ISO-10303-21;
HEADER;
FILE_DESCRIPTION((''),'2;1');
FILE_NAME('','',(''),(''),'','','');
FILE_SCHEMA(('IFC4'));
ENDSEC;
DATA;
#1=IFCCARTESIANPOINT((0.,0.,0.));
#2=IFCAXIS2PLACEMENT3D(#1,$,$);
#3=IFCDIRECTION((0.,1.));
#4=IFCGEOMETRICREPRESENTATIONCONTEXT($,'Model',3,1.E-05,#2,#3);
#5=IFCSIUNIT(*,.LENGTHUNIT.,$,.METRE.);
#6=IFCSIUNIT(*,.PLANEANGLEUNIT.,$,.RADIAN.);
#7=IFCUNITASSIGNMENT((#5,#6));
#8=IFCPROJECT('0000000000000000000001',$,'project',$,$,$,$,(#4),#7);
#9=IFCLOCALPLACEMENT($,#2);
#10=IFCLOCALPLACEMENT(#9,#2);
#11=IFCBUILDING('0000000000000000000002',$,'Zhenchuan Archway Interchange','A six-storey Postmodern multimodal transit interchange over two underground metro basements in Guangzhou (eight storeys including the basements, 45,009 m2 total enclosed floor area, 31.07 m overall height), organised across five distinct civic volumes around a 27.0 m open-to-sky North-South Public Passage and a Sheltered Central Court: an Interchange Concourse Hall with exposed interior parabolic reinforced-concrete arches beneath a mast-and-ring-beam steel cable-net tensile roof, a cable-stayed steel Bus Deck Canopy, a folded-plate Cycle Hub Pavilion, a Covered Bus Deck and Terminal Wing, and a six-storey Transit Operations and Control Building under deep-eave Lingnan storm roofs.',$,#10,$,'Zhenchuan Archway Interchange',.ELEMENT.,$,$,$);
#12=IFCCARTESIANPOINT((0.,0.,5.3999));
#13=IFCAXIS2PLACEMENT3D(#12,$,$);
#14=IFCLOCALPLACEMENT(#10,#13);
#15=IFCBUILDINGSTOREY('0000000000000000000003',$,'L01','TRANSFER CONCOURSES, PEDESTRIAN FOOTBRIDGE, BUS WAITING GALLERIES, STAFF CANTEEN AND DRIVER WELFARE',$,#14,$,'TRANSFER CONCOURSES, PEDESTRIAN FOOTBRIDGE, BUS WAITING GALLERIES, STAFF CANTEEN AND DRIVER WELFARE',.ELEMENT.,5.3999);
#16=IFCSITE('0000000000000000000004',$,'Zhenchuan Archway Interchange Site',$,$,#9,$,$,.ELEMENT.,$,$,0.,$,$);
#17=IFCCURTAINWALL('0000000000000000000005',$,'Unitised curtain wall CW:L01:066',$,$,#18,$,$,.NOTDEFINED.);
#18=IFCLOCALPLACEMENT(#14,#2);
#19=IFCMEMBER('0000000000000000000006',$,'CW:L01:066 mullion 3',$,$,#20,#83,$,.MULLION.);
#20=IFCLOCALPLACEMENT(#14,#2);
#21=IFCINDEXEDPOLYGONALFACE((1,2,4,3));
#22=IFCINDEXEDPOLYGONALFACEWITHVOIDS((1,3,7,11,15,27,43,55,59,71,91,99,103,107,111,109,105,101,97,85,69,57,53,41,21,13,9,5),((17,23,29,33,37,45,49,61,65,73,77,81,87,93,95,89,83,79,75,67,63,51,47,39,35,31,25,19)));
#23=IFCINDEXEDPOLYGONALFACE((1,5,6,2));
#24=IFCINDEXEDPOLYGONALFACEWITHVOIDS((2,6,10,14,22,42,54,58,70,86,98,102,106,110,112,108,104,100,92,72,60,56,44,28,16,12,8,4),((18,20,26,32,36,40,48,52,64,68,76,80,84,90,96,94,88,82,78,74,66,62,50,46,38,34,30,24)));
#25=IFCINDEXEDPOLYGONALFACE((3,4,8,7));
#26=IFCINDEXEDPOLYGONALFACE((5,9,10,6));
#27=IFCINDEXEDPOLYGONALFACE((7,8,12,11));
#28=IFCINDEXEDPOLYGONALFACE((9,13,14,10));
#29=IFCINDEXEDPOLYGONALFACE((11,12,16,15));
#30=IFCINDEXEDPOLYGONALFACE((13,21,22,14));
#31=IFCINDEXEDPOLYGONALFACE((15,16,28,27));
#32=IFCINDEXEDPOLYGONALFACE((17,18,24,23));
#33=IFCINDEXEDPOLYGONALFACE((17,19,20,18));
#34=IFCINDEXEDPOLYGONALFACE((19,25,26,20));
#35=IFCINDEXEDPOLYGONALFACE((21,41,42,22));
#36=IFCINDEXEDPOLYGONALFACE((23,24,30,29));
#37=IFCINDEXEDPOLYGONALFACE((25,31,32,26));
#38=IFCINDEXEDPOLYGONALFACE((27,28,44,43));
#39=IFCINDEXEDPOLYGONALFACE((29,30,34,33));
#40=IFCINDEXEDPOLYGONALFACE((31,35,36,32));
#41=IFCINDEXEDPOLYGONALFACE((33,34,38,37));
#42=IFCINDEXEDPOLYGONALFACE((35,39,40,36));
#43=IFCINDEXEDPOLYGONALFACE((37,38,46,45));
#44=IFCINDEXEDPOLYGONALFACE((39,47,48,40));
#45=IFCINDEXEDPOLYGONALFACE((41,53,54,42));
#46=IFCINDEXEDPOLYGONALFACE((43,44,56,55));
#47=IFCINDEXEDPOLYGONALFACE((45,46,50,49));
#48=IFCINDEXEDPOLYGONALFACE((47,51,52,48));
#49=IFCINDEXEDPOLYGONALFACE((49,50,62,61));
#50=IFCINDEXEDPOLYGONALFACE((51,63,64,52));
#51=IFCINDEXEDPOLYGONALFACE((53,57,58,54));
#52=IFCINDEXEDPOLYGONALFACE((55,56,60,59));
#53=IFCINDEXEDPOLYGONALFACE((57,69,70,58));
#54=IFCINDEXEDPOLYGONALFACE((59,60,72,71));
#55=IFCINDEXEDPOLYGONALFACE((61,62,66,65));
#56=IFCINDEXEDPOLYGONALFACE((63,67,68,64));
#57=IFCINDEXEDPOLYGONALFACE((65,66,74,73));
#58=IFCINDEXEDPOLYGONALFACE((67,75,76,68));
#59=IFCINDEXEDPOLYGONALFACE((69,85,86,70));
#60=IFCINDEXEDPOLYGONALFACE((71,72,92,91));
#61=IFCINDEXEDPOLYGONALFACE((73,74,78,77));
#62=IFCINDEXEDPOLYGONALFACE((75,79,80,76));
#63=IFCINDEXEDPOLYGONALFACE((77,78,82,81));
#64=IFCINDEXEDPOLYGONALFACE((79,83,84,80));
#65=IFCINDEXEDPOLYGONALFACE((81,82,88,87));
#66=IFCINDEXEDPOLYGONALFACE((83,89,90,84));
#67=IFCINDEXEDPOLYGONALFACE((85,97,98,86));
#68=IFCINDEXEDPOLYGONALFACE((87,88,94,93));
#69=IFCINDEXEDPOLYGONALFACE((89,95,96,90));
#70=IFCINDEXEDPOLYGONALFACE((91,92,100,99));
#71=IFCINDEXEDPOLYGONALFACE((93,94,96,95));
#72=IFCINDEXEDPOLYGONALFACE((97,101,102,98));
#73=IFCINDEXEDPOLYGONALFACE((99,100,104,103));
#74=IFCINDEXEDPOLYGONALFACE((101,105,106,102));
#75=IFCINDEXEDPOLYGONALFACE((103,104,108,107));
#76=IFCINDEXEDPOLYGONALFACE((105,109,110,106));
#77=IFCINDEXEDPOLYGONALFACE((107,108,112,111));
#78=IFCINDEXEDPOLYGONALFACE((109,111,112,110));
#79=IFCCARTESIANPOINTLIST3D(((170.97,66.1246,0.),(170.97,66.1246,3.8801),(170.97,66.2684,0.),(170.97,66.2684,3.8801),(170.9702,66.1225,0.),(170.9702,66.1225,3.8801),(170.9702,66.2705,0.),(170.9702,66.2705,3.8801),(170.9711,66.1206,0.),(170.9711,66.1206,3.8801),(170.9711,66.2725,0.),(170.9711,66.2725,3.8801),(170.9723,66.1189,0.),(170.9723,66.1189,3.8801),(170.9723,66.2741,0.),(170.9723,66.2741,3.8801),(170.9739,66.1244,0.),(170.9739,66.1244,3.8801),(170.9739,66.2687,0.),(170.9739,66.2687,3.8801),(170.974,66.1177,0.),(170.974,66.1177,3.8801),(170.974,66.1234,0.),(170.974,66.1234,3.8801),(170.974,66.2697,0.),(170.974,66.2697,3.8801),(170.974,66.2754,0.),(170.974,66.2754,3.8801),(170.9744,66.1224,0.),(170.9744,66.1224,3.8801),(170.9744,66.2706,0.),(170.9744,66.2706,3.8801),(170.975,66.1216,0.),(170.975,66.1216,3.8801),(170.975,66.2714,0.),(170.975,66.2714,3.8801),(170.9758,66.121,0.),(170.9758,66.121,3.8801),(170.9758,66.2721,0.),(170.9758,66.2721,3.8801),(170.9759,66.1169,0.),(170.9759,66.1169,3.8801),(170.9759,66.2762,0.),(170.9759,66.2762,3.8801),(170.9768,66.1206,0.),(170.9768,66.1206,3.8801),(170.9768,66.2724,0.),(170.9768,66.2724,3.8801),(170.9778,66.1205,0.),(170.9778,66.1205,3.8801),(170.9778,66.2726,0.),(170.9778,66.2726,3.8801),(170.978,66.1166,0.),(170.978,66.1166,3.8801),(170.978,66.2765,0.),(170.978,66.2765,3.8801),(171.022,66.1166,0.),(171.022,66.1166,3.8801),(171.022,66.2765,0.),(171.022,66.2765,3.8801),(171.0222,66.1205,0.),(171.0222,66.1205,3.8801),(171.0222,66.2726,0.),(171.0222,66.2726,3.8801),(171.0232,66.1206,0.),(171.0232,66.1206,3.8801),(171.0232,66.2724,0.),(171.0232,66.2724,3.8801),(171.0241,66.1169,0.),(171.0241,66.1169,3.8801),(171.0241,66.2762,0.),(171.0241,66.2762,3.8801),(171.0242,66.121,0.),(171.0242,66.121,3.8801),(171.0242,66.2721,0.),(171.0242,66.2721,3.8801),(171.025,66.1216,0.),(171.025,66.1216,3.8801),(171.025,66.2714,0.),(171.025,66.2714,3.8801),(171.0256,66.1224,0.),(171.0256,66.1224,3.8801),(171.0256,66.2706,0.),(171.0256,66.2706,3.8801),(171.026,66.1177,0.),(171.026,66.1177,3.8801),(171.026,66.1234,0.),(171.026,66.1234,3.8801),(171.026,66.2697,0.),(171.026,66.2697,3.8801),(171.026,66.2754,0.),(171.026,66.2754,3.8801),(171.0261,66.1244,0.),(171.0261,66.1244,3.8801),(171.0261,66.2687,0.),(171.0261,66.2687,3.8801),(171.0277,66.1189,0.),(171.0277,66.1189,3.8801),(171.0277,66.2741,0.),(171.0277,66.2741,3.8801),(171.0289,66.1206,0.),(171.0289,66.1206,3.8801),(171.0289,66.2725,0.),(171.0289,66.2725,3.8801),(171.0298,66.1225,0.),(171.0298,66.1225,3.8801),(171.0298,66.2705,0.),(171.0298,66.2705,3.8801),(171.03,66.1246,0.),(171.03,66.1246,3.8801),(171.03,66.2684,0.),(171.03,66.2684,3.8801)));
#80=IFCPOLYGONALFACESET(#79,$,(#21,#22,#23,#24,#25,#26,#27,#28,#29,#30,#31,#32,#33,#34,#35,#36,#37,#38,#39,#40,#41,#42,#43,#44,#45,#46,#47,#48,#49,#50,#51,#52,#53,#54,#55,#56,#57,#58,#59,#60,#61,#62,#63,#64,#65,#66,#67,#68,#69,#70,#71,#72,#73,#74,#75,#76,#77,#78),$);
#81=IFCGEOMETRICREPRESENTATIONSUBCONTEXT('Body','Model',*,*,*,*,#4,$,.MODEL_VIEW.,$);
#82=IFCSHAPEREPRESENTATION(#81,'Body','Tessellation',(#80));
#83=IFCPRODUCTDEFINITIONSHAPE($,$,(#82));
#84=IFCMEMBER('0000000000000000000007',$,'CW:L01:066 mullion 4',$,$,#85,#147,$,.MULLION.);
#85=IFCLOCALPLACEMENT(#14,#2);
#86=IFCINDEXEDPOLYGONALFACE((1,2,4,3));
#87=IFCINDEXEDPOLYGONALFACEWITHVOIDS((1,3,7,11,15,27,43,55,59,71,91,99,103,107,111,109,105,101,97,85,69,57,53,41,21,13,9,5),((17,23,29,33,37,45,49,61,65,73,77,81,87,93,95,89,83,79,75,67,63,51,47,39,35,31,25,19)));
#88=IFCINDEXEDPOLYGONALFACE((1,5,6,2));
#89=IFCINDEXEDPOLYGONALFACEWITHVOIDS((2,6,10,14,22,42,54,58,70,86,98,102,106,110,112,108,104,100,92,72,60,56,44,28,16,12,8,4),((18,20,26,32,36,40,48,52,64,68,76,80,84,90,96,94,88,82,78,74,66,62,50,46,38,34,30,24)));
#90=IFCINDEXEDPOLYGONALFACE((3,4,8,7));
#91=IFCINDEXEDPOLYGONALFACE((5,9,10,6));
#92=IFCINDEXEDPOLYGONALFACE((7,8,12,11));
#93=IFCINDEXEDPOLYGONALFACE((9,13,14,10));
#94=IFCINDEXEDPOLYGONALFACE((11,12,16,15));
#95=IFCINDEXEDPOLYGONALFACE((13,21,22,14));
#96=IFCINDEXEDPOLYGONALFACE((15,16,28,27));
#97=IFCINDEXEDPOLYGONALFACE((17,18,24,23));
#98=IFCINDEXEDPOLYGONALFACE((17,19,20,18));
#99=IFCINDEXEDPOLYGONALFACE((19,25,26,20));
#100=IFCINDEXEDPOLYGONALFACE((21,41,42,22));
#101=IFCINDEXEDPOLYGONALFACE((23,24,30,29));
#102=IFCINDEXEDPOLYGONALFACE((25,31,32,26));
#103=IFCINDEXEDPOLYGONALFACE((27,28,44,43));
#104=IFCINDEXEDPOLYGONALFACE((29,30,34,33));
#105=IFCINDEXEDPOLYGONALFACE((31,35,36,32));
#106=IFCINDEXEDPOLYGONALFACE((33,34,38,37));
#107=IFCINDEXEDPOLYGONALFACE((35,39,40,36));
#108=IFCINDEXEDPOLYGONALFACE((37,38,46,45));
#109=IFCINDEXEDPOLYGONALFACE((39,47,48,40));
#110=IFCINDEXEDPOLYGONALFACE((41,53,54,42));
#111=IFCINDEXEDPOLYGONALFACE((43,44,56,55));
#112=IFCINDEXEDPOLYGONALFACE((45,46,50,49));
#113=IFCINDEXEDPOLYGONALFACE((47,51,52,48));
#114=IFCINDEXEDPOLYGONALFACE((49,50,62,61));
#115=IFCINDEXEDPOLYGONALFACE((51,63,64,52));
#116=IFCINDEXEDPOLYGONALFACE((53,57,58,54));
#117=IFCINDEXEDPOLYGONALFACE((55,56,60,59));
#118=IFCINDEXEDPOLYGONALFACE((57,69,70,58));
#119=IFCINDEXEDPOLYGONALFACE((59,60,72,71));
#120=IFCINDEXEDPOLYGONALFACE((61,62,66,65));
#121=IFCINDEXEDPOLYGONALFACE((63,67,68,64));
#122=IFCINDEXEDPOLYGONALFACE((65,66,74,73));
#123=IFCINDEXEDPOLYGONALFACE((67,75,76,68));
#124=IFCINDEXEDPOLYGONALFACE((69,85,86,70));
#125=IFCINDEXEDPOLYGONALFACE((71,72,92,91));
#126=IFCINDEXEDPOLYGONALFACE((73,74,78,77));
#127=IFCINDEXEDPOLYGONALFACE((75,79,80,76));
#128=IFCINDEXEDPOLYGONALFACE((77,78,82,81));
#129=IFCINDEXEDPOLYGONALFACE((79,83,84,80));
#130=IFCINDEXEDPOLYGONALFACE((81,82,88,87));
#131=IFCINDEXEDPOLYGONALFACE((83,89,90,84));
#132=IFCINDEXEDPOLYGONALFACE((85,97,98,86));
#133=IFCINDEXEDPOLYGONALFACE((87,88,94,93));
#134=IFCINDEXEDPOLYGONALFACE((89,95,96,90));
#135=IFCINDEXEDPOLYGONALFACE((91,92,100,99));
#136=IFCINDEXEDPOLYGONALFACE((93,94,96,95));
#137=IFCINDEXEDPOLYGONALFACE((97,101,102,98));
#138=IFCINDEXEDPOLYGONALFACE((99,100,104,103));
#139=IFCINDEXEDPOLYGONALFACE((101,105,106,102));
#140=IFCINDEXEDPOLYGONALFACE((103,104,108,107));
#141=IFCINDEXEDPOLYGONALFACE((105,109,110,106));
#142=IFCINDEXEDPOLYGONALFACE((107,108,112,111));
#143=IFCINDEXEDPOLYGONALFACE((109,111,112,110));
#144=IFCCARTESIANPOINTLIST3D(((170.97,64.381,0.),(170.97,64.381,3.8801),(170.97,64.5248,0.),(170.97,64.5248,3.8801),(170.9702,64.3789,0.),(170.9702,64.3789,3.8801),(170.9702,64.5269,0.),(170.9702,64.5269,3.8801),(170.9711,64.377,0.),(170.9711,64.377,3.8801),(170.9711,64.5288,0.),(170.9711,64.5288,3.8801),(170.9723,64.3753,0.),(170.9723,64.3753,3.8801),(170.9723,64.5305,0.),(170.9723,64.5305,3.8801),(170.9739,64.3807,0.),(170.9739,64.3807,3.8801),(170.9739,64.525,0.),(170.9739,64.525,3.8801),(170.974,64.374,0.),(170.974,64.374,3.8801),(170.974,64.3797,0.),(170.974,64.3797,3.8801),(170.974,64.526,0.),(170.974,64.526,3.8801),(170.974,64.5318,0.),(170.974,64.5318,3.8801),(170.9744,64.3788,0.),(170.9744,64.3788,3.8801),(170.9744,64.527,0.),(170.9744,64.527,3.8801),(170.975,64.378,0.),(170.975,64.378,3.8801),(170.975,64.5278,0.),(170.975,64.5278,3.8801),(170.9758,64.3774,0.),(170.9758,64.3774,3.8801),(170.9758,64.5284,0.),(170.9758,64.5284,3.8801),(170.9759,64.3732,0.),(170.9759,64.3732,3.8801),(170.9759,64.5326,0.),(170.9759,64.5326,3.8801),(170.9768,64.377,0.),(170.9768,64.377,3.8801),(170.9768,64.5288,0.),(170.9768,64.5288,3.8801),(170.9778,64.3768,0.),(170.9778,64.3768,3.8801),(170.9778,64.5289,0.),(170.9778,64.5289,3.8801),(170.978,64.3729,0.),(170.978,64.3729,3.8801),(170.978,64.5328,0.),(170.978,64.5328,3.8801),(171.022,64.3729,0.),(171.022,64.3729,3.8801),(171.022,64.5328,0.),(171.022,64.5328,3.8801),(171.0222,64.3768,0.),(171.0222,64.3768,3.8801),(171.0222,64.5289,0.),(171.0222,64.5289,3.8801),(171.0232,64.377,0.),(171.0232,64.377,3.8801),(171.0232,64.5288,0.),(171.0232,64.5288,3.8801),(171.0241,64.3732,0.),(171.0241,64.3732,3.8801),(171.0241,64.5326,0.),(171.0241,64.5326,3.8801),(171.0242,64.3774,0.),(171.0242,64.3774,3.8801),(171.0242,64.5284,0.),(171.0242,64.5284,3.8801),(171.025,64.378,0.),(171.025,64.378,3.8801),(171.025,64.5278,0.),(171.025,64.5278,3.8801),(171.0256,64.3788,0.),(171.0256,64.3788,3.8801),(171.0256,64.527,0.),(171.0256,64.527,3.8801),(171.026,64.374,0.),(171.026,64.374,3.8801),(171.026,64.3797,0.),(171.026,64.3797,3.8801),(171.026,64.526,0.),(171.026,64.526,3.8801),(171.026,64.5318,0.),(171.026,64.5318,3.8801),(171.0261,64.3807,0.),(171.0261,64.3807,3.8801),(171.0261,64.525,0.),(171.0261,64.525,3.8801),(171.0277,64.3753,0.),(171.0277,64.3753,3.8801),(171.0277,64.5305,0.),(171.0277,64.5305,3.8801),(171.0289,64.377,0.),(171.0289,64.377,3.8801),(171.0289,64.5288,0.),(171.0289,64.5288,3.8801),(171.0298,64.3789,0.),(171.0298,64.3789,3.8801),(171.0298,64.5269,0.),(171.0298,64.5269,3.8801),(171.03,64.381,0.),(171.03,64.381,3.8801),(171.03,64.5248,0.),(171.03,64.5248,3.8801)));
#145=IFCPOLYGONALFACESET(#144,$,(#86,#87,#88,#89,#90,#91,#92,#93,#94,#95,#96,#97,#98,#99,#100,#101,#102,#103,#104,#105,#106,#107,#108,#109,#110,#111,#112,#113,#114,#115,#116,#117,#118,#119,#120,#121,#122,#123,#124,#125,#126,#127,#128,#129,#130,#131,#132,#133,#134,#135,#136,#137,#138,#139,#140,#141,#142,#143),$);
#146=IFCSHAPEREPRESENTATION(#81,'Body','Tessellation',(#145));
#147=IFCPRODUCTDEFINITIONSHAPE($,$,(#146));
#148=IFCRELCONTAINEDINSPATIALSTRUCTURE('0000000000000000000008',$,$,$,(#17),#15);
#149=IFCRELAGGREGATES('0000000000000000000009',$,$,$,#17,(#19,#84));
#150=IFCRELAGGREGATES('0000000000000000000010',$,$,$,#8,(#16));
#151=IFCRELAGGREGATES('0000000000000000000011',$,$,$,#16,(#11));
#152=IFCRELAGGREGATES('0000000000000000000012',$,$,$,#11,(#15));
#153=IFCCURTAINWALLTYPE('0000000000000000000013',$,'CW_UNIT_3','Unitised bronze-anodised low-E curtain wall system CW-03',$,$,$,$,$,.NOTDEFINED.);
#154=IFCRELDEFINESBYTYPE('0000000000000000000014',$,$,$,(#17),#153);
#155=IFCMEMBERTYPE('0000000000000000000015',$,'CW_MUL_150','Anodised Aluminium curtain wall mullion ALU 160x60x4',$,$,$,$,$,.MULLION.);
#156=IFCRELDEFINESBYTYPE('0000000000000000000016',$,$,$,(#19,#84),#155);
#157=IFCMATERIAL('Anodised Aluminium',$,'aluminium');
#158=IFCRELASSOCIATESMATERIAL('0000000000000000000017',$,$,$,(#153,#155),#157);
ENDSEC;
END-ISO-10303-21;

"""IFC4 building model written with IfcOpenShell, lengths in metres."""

from ifc_helpers import new_model, si_unit, direction, frame, origin, origin_2d, place, context, subcontext, project, spatial, hollow_rectangle, extrude, material, material_profile, profile_set, type_object, element, aggregate, save


model = new_model("IFC4")

# Units and contexts
model_context = context("Model", 3, precision=1e-05, world=origin(), true_north=direction((0.0, 1.0)))
body_context = subcontext(model_context, "Body", "Model", "MODEL_VIEW")
ifc_project = project(units=[si_unit("LENGTHUNIT", "METRE"), si_unit("PLANEANGLEUNIT", "RADIAN")], contexts=[model_context])

# Site, building, storey
site_placement = place(None, origin())
site = spatial("IfcSite", under=ifc_project, at=site_placement, Name="Zhenchuan Archway Interchange Site", CompositionType="ELEMENT", RefElevation=0.0)
building_placement = place(site_placement, origin())
building = spatial("IfcBuilding", under=site, at=building_placement, Name="Zhenchuan Archway Interchange", Description="A six-storey Postmodern multimodal transit interchange over two underground metro basements in Guangzhou (eight storeys including the basements, 45,009 m2 total enclosed floor area, 31.07 m overall height), organised across five distinct civic volumes around a 27.0 m open-to-sky North-South Public Passage and a Sheltered Central Court: an Interchange Concourse Hall with exposed interior parabolic reinforced-concrete arches beneath a mast-and-ring-beam steel cable-net tensile roof, a cable-stayed steel Bus Deck Canopy, a folded-plate Cycle Hub Pavilion, a Covered Bus Deck and Terminal Wing, and a six-storey Transit Operations and Control Building under deep-eave Lingnan storm roofs.", LongName="Zhenchuan Archway Interchange", CompositionType="ELEMENT")
storey_placement = place(building_placement, frame((0.0, 0.0, 5.3999)))
storey = spatial("IfcBuildingStorey", under=building, at=storey_placement, Name="L01", Description="TRANSFER CONCOURSES, PEDESTRIAN FOOTBRIDGE, BUS WAITING GALLERIES, STAFF CANTEEN AND DRIVER WELFARE", LongName="TRANSFER CONCOURSES, PEDESTRIAN FOOTBRIDGE, BUS WAITING GALLERIES, STAFF CANTEEN AND DRIVER WELFARE", CompositionType="ELEMENT", Elevation=5.3999)

# Curtain wall, members
ifc_material_1 = material(Name="Anodised Aluminium", Category="aluminium")
curtain_wall_type = type_object("IfcCurtainWallType", Name="CW_UNIT_3", Description="Unitised bronze-anodised low-E curtain wall system CW-03", PredefinedType="NOTDEFINED", material=ifc_material_1)
curtain_wall_placement = place(storey_placement, origin())
curtain_wall = element("IfcCurtainWall", 1, at=curtain_wall_placement, inside=storey, type_object=curtain_wall_type, Name="Unitised curtain wall CW:L01:066", PredefinedType="NOTDEFINED")
ifc_material_profile_1 = material_profile(ifc_material_1, hollow_rectangle(XDim=0.0601, YDim=0.1599, WallThickness=0.0039, InnerFilletRadius=0.0039, OuterFilletRadius=0.0081, at=origin_2d()), Name="ALU 160x60x4")
ifc_profile_set_1 = profile_set([ifc_material_profile_1], Name="Anodised Aluminium")
member_type_1 = type_object("IfcMemberType", Name="CW_MUL_150", Description="Anodised Aluminium curtain wall mullion ALU 160x60x4", PredefinedType="MULLION", material=ifc_profile_set_1)
member_1_placement = place(storey_placement, frame((171.0, 66.1965, 0.0), z_axis=(0.0, 0.0, 1.0), x_axis=(1.0, 0.0, 0.0)))
member_1 = element("IfcMember", 2, at=member_1_placement, type_object=member_type_1, Name="CW:L01:066 mullion 3", PredefinedType="MULLION", context=body_context, shape_type="SweptSolid", body=[
    extrude(hollow_rectangle(XDim=0.0601, YDim=0.1599, WallThickness=0.0039, InnerFilletRadius=0.0039, OuterFilletRadius=0.0081, at=origin_2d()), origin(), (0.0, 0.0, 1.0), 3.8801),
])
member_2_placement = place(storey_placement, frame((171.0, 64.4529, 0.0), z_axis=(0.0, 0.0, 1.0), x_axis=(1.0, 0.0, 0.0)))
member_2 = element("IfcMember", 3, at=member_2_placement, type_object=member_type_1, Name="CW:L01:066 mullion 4", PredefinedType="MULLION", context=body_context, shape_type="SweptSolid", body=[
    extrude(hollow_rectangle(XDim=0.0601, YDim=0.1599, WallThickness=0.0039, InnerFilletRadius=0.0039, OuterFilletRadius=0.0081, at=origin_2d()), origin(), (0.0, 0.0, 1.0), 3.8801),
])

aggregate(curtain_wall, [member_1, member_2])

save(model, "model.ifc")
